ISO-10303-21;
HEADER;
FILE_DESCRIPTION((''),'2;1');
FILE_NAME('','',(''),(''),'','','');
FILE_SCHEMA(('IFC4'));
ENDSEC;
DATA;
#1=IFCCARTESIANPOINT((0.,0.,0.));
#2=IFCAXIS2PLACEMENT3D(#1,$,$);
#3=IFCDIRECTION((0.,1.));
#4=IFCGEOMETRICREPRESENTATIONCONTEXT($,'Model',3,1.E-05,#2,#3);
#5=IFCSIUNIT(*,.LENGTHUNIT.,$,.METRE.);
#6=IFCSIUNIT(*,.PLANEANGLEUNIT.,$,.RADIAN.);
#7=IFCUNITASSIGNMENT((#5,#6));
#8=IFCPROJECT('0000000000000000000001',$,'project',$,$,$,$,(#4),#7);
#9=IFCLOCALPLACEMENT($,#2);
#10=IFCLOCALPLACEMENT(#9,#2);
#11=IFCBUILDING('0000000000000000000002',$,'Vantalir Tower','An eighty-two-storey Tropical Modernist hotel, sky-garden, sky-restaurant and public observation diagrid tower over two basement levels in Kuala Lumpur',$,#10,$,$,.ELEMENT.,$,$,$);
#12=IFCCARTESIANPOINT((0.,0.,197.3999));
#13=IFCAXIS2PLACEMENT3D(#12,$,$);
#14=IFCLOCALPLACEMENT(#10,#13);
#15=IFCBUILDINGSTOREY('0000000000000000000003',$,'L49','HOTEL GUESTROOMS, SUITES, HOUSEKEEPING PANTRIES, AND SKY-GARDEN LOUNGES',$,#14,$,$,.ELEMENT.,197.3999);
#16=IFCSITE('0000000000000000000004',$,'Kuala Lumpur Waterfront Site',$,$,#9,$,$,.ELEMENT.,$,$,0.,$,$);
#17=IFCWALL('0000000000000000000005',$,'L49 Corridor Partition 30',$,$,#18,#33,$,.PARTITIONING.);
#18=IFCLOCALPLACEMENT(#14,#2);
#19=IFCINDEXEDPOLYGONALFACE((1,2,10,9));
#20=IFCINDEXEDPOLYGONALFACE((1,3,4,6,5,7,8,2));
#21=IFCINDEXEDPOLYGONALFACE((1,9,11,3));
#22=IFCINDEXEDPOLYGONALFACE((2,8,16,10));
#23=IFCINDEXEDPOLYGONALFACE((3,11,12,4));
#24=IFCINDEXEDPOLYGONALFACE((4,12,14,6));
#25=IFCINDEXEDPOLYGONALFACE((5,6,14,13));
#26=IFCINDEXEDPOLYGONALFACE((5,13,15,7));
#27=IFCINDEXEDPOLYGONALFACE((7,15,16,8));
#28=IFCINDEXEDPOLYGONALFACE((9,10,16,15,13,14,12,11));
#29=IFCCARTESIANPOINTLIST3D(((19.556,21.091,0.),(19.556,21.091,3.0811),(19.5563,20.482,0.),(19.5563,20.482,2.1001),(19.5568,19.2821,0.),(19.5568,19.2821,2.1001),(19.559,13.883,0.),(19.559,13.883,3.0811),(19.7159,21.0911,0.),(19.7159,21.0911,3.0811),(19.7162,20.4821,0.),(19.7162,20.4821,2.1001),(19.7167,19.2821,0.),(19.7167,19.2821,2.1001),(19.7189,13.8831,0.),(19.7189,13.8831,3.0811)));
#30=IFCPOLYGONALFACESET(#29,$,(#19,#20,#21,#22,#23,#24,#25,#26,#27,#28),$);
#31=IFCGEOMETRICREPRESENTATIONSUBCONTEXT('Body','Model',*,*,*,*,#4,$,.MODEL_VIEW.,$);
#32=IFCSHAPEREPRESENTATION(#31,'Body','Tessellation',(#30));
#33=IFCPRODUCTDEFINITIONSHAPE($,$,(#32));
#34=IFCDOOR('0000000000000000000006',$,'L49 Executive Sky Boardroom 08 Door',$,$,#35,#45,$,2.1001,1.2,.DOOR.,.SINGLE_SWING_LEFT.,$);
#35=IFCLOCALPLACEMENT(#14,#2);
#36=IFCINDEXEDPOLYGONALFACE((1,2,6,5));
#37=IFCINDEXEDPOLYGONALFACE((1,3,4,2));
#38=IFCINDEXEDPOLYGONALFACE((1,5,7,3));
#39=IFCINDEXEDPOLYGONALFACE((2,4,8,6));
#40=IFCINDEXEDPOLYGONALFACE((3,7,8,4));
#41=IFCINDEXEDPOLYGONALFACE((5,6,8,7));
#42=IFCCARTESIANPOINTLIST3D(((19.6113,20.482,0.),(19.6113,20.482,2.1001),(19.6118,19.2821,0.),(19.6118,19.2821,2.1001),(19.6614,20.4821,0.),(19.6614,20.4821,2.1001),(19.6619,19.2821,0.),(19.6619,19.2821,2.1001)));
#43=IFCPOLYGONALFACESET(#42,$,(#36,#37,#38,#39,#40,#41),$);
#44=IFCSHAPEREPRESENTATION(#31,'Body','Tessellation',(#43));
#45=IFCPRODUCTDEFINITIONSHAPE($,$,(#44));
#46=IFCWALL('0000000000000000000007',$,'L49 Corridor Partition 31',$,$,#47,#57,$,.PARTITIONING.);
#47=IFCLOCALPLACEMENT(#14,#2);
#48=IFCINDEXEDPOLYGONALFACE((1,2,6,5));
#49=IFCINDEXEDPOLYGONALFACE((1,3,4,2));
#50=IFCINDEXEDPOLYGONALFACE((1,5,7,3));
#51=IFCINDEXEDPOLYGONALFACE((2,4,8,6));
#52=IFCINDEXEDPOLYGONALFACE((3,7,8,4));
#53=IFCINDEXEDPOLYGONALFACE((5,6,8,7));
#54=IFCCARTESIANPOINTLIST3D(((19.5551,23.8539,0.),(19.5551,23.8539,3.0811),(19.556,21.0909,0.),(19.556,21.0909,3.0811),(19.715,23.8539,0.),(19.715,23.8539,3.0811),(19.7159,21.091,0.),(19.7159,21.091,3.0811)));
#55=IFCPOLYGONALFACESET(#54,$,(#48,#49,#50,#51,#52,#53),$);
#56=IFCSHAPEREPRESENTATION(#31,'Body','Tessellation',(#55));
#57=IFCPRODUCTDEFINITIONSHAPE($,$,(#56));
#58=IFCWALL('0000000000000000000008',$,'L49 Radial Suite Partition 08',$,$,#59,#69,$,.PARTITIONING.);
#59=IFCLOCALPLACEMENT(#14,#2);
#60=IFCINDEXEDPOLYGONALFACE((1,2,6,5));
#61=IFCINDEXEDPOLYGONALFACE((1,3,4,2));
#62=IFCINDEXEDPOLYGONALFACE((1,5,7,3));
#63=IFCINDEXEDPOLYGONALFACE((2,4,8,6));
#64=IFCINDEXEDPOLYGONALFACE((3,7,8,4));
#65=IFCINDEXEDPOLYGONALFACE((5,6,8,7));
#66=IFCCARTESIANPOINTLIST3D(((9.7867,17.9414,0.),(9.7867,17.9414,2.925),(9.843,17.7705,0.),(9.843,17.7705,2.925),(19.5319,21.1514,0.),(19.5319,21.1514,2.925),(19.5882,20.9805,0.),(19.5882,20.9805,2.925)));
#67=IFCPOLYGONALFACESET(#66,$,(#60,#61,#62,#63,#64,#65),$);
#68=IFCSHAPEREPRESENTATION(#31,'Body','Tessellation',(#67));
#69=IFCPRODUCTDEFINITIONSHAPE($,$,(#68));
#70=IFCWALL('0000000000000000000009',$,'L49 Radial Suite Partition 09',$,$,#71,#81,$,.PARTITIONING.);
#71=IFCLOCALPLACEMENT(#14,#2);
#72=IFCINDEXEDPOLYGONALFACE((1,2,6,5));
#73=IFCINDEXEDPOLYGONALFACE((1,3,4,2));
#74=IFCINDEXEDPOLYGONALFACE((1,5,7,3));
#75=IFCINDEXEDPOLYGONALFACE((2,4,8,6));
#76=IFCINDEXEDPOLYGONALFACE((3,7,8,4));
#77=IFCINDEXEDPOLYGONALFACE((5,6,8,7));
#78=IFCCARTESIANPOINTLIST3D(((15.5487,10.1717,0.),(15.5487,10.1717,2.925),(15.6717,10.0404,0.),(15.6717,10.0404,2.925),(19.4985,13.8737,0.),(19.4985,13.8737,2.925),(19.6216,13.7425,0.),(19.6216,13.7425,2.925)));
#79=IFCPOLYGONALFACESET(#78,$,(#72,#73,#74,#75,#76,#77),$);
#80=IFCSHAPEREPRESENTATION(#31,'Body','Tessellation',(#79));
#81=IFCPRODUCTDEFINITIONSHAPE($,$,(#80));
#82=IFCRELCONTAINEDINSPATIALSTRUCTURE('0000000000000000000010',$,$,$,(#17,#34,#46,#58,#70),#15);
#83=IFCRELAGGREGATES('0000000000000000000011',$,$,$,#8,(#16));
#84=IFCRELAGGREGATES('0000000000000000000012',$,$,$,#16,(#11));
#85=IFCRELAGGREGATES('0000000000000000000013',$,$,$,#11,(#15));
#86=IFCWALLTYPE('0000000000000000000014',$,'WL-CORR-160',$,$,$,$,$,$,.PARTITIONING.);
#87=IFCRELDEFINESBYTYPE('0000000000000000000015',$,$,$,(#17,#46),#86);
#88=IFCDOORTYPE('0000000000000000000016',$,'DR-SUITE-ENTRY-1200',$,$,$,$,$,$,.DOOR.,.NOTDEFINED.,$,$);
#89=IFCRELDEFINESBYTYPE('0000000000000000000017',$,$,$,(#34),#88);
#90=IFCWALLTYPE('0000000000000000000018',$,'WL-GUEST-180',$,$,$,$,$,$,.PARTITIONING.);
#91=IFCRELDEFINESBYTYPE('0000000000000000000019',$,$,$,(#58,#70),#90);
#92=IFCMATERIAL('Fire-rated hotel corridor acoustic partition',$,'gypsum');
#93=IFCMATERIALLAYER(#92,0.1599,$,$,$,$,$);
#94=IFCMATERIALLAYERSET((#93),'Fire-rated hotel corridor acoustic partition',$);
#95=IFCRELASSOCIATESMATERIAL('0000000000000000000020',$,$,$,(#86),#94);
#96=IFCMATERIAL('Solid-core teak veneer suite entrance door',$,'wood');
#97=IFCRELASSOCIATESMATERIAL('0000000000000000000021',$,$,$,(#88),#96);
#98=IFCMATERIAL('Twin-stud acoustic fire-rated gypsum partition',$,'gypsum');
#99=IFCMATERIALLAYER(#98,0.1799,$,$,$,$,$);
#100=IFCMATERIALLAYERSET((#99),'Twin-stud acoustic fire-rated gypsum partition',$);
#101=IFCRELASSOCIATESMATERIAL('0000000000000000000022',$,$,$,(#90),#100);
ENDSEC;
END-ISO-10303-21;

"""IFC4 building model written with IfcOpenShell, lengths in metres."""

from ifc_helpers import new_model, si_unit, direction, frame, frame_2d, origin, place, context, subcontext, project, spatial, rectangle, extrude, material, layer, layer_set, type_object, element, fill, save


model = new_model("IFC4")

# Units and contexts
model_context = context("Model", 3, precision=1e-05, world=origin(), true_north=direction((0.0, 1.0)))
body_context = subcontext(model_context, "Body", "Model", "MODEL_VIEW")
ifc_project = project(units=[si_unit("LENGTHUNIT", "METRE"), si_unit("PLANEANGLEUNIT", "RADIAN")], contexts=[model_context])

# Site, building, storey
site_placement = place(None, origin())
site = spatial("IfcSite", under=ifc_project, at=site_placement, Name="Kuala Lumpur Waterfront Site", CompositionType="ELEMENT", RefElevation=0.0)
building_placement = place(site_placement, origin())
building = spatial("IfcBuilding", under=site, at=building_placement, Name="Vantalir Tower", Description="An eighty-two-storey Tropical Modernist hotel, sky-garden, sky-restaurant and public observation diagrid tower over two basement levels in Kuala Lumpur", CompositionType="ELEMENT")
storey_placement = place(building_placement, frame((0.0, 0.0, 197.3999)))
storey = spatial("IfcBuildingStorey", under=building, at=storey_placement, Name="L49", Description="HOTEL GUESTROOMS, SUITES, HOUSEKEEPING PANTRIES, AND SKY-GARDEN LOUNGES", CompositionType="ELEMENT", Elevation=197.3999)

# Shared definitions
ifc_material_1 = material(Name="Fire-rated hotel corridor acoustic partition", Category="gypsum")
ifc_layer_1 = layer(ifc_material_1, 0.1599)
ifc_layer_set_1 = layer_set([ifc_layer_1], Name="Fire-rated hotel corridor acoustic partition")
wall_type_1 = type_object("IfcWallType", Name="WL-CORR-160", PredefinedType="PARTITIONING", material=ifc_layer_set_1)

# Wall, opening, door
wall_1_placement = place(storey_placement, frame((19.6389, 13.8831, 0.0), z_axis=(0.0, 0.0, 1.0), x_axis=(-0.000406, 1.0, 0.0)))
wall_1 = element("IfcWall", 1, at=wall_1_placement, inside=storey, type_object=wall_type_1, Name="L49 Corridor Partition 30", PredefinedType="PARTITIONING", context=body_context, shape_type="SweptSolid", body=[
    extrude(rectangle(XDim=7.208, YDim=0.1599, at=frame_2d((3.604, 0.0))), origin(), (0.0, 0.0, 1.0), 3.0811),
])
opening_placement = place(wall_1_placement, frame((5.3989, 0.0, 0.0)))
opening = element("IfcOpeningElement", 2, at=opening_placement, cuts=wall_1, PredefinedType="OPENING", context=body_context, shape_type="SweptSolid", body=[
    extrude(rectangle(XDim=1.2, YDim=2.1001, at=frame_2d((0.6001, 1.05))), frame((0.0, 0.0898, 0.0), z_axis=(0.0, -1.0, 0.0), x_axis=(1.0, 0.0, 0.0)), (0.0, 0.0, 1.0), 0.1799),
])
ifc_material_2 = material(Name="Solid-core teak veneer suite entrance door", Category="wood")
door_type = type_object("IfcDoorType", Name="DR-SUITE-ENTRY-1200", OperationType="NOTDEFINED", PredefinedType="DOOR", material=ifc_material_2)
door_placement = place(opening_placement, origin())
door = element("IfcDoor", 3, at=door_placement, inside=storey, type_object=door_type, Name="L49 Executive Sky Boardroom 08 Door", OperationType="SINGLE_SWING_LEFT", OverallHeight=2.1001, OverallWidth=1.2, PredefinedType="DOOR", context=body_context, shape_type="SweptSolid", body=[
    extrude(rectangle(XDim=1.2, YDim=2.1001, at=frame_2d((0.6001, 1.05))), frame((0.0, 0.0249, 0.0), z_axis=(0.0, -1.0, 0.0), x_axis=(1.0, 0.0, 0.0)), (0.0, 0.0, 1.0), 0.05),
])
fill(opening, door)

# Walls
wall_2_placement = place(storey_placement, frame((19.636, 21.0911, 0.0), z_axis=(0.0, 0.0, 1.0), x_axis=(-0.000353, 1.0, 0.0)))
element("IfcWall", 4, at=wall_2_placement, inside=storey, type_object=wall_type_1, Name="L49 Corridor Partition 31", PredefinedType="PARTITIONING", context=body_context, shape_type="SweptSolid", body=[
    extrude(rectangle(XDim=2.7629, YDim=0.1599, at=frame_2d((1.3813, 0.0))), origin(), (0.0, 0.0, 1.0), 3.0811),
])
ifc_material_3 = material(Name="Twin-stud acoustic fire-rated gypsum partition", Category="gypsum")
ifc_layer_2 = layer(ifc_material_3, 0.1799)
ifc_layer_set_2 = layer_set([ifc_layer_2], Name="Twin-stud acoustic fire-rated gypsum partition")
wall_type_2 = type_object("IfcWallType", Name="WL-GUEST-180", PredefinedType="PARTITIONING", material=ifc_layer_set_2)
wall_3_placement = place(storey_placement, frame((19.5601, 21.0659, 0.0), z_axis=(0.0, 0.0, 1.0), x_axis=(-0.9498, -0.312856, 0.0)))
element("IfcWall", 5, at=wall_3_placement, inside=storey, type_object=wall_type_2, Name="L49 Radial Suite Partition 08", PredefinedType="PARTITIONING", context=body_context, shape_type="SweptSolid", body=[
    extrude(rectangle(XDim=10.2603, YDim=0.1799, at=frame_2d((5.1301, 0.0))), origin(), (0.0, 0.0, 1.0), 2.925),
])
wall_4_placement = place(storey_placement, frame((19.5601, 13.8081, 0.0), z_axis=(0.0, 0.0, 1.0), x_axis=(-0.729623, -0.68385, 0.0)))
element("IfcWall", 6, at=wall_4_placement, inside=storey, type_object=wall_type_2, Name="L49 Radial Suite Partition 09", PredefinedType="PARTITIONING", context=body_context, shape_type="SweptSolid", body=[
    extrude(rectangle(XDim=5.4136, YDim=0.1799, at=frame_2d((2.7068, 0.0))), origin(), (0.0, 0.0, 1.0), 2.925),
])

save(model, "model.ifc")
